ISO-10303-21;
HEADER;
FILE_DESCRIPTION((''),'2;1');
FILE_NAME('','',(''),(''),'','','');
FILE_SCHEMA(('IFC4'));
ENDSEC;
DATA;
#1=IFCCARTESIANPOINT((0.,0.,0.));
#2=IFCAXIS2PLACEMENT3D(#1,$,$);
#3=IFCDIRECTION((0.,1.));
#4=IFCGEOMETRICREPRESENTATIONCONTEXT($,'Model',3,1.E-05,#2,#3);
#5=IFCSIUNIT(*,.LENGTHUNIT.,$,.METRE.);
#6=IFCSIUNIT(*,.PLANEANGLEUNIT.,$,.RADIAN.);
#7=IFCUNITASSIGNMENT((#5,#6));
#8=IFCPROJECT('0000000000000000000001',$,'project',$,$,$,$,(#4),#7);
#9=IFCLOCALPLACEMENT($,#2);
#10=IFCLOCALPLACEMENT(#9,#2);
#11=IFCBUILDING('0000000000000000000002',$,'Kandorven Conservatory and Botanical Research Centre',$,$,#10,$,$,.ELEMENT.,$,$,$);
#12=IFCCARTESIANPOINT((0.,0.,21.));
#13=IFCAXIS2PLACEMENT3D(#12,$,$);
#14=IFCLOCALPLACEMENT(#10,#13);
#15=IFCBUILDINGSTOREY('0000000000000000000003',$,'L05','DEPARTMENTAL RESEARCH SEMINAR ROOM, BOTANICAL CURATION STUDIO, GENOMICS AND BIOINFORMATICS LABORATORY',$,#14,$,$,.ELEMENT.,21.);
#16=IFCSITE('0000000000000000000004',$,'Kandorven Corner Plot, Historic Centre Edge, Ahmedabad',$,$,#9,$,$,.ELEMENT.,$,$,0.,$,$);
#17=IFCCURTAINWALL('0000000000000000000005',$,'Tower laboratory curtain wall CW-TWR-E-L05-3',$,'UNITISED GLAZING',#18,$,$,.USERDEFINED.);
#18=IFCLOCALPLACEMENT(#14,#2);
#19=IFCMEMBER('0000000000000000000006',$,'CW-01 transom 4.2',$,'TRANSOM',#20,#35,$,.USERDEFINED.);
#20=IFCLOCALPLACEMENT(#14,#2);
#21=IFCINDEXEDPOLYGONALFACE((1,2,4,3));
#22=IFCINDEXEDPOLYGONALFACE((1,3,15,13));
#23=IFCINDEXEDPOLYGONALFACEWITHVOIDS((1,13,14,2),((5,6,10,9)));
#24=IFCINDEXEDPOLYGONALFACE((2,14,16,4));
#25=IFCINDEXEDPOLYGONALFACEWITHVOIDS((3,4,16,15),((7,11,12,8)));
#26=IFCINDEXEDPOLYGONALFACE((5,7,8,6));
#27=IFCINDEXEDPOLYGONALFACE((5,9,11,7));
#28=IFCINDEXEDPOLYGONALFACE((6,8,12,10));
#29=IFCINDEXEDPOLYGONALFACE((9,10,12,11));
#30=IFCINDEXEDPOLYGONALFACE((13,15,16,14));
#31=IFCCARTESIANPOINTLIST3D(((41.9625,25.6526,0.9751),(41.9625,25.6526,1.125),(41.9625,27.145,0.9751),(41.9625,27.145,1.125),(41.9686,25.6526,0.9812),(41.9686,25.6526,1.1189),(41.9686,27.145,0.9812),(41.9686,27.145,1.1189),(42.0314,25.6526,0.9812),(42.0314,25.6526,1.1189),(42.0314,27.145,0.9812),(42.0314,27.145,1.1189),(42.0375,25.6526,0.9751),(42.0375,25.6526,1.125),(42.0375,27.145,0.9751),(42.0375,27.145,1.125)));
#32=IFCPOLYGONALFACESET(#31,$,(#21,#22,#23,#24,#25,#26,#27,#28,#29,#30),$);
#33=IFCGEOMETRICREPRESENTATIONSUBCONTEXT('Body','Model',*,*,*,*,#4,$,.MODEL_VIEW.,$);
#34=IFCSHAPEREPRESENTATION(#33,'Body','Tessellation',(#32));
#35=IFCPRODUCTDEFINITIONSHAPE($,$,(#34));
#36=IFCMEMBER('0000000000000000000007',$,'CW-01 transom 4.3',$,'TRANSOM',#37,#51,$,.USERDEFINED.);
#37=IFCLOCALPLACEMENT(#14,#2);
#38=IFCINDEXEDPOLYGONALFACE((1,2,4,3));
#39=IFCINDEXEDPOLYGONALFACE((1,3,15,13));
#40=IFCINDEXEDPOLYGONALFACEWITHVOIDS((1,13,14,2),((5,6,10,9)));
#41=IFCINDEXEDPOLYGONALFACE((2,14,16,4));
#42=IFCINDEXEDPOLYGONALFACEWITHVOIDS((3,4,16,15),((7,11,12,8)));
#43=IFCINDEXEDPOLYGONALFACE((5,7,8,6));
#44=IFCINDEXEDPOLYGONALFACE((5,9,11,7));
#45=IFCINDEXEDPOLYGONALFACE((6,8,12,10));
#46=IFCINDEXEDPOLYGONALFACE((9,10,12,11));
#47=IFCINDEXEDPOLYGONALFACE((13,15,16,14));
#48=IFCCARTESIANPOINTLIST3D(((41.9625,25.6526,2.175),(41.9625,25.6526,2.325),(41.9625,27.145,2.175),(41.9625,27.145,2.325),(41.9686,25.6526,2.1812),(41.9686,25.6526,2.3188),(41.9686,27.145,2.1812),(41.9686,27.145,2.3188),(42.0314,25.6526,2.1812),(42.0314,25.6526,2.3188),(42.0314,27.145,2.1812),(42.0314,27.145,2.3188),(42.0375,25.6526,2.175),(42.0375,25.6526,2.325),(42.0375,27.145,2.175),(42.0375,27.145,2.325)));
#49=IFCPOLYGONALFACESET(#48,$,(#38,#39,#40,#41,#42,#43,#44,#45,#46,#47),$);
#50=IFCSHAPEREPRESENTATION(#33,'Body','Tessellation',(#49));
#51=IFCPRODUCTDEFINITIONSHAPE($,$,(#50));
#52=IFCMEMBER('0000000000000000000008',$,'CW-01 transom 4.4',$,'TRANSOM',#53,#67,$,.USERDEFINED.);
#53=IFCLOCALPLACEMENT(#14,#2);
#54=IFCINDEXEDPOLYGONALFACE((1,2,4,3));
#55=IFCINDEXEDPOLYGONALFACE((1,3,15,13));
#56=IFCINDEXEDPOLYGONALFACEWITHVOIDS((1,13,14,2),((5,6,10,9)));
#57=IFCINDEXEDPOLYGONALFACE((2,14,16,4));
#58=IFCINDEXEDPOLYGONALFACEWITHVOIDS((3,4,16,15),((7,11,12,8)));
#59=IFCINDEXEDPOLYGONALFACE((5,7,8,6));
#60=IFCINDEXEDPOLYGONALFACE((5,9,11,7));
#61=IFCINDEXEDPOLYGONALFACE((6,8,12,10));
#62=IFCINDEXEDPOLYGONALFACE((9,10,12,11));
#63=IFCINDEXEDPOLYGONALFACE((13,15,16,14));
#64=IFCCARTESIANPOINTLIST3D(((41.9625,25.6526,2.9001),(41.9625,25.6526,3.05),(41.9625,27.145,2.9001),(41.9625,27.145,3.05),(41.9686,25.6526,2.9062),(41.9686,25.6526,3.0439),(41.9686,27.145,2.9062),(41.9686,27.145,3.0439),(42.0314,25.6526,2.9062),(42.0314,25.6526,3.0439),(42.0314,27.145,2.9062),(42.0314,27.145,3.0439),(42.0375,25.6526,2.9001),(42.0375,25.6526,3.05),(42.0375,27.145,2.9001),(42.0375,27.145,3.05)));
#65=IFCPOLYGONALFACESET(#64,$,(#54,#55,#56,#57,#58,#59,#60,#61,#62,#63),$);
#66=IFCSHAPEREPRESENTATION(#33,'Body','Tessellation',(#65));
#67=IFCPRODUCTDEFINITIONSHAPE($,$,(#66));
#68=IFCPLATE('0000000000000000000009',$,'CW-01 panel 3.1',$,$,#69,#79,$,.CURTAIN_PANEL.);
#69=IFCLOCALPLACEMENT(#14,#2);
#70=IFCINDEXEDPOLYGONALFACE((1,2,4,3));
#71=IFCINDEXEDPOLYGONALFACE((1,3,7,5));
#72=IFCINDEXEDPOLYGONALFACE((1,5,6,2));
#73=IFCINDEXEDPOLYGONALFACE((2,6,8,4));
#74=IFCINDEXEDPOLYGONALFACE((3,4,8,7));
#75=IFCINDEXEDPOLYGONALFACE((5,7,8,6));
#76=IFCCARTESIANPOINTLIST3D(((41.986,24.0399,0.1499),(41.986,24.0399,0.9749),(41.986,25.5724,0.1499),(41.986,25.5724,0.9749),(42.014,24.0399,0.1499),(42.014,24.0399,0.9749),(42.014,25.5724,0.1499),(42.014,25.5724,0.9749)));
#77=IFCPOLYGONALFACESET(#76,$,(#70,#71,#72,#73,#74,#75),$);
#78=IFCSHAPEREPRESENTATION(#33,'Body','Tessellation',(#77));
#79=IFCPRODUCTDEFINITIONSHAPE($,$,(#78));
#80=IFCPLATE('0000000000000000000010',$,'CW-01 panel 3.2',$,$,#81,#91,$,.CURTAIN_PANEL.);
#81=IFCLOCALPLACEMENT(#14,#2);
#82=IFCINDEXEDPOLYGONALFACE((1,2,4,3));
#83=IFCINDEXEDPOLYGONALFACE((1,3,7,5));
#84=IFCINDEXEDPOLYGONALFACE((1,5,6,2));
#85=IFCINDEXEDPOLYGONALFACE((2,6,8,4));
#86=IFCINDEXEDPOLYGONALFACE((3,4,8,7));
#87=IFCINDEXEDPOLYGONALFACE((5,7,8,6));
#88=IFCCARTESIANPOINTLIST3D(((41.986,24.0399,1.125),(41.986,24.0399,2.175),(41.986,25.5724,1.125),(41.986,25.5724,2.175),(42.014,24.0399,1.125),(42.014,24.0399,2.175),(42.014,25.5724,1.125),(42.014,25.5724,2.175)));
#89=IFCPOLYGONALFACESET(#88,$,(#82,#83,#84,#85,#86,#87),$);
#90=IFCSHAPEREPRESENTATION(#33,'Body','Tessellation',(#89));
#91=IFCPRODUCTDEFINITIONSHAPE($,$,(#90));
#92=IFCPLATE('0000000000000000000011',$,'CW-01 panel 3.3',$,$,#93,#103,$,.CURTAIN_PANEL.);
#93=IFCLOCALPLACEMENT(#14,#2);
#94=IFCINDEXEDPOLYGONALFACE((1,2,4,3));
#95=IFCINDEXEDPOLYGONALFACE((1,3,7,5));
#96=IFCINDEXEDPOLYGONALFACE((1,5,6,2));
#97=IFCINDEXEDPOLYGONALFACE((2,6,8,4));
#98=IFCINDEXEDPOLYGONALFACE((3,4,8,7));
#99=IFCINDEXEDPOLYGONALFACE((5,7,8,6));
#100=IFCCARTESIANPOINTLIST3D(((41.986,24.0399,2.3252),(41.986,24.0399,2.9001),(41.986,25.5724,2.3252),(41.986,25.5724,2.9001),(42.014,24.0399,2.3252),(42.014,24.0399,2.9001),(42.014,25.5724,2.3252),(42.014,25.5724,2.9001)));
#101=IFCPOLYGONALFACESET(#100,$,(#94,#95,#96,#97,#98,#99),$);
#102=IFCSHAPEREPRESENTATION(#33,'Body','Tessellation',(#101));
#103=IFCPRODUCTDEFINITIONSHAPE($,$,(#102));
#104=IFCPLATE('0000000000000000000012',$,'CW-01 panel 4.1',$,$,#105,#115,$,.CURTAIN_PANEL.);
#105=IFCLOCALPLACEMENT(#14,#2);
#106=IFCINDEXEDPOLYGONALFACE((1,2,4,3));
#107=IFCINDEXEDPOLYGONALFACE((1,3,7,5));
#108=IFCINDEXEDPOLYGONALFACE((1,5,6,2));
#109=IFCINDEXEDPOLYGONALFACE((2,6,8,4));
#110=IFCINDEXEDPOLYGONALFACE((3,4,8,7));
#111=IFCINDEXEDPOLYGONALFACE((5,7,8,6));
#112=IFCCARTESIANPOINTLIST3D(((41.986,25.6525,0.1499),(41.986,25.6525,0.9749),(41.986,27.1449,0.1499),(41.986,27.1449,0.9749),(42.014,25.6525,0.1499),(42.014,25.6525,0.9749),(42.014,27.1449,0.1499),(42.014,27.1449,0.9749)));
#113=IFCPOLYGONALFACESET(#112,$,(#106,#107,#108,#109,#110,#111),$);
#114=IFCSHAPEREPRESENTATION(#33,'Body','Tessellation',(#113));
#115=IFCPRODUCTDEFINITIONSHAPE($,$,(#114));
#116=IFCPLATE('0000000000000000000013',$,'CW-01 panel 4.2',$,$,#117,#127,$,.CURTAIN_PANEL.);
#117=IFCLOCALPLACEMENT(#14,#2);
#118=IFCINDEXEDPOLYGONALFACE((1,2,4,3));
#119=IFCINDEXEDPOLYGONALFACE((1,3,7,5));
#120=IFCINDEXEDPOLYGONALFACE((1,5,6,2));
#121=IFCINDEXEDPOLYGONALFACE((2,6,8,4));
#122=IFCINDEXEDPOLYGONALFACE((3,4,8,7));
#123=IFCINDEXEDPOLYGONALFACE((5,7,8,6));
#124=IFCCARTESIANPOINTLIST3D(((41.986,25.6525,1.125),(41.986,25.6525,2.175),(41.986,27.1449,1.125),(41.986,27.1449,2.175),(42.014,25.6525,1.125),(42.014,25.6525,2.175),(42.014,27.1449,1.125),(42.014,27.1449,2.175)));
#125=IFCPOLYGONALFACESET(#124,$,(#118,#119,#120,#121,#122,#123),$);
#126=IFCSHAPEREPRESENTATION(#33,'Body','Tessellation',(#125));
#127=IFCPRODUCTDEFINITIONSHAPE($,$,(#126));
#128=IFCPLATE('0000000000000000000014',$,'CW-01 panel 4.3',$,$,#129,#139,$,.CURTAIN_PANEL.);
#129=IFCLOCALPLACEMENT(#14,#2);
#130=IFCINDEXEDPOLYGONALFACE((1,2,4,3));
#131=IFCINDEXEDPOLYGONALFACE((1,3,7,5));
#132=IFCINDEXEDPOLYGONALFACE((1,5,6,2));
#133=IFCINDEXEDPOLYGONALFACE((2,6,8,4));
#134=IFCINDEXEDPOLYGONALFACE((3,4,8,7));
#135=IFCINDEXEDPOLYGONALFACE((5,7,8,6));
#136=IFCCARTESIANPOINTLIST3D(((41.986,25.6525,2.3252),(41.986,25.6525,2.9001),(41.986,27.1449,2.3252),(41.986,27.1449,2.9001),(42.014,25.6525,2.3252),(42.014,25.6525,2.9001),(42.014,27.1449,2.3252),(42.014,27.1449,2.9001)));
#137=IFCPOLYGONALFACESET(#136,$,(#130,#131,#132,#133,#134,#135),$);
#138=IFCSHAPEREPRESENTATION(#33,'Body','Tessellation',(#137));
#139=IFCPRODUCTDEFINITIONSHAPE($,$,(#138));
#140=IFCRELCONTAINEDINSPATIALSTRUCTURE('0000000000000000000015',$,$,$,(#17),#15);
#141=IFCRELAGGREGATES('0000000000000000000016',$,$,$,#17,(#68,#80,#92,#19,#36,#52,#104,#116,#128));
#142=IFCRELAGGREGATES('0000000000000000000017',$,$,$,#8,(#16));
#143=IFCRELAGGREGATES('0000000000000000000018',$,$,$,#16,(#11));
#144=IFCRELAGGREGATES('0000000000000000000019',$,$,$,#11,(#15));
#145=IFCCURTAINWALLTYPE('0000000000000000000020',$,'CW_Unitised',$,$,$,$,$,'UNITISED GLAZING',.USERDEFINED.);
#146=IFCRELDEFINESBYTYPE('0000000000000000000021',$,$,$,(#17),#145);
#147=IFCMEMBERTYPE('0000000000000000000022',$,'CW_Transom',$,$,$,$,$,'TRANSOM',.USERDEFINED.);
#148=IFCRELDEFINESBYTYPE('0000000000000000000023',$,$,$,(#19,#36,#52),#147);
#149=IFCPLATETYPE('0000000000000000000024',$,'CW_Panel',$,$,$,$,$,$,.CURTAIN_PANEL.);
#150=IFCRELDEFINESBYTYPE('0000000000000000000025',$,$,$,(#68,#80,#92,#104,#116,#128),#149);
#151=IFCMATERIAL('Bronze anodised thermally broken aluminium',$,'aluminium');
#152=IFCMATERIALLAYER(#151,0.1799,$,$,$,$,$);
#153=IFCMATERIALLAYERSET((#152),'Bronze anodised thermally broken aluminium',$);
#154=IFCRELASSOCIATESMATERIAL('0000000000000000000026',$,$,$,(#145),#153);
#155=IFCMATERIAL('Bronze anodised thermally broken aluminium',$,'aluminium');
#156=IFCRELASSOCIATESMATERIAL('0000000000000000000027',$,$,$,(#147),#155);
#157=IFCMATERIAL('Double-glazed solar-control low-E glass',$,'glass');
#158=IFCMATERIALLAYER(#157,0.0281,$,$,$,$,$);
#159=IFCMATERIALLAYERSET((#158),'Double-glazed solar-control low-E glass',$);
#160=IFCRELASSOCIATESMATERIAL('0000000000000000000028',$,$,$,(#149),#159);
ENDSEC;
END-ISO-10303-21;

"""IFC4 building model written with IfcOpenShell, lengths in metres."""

from ifc_helpers import new_model, si_unit, direction, frame, origin, origin_2d, place, context, subcontext, project, spatial, rectangle, hollow_rectangle, extrude, material, layer, layer_set, material_profile, profile_set, type_object, element, aggregate, save


model = new_model("IFC4")

# Units and contexts
model_context = context("Model", 3, precision=1e-05, world=origin(), true_north=direction((0.0, 1.0)))
body_context = subcontext(model_context, "Body", "Model", "MODEL_VIEW")
ifc_project = project(units=[si_unit("LENGTHUNIT", "METRE"), si_unit("PLANEANGLEUNIT", "RADIAN")], contexts=[model_context])

# Site, building, storey
site_placement = place(None, origin())
site = spatial("IfcSite", under=ifc_project, at=site_placement, Name="Kandorven Corner Plot, Historic Centre Edge, Ahmedabad", CompositionType="ELEMENT", RefElevation=0.0)
building_placement = place(site_placement, origin())
building = spatial("IfcBuilding", under=site, at=building_placement, Name="Kandorven Conservatory and Botanical Research Centre", CompositionType="ELEMENT")
storey_placement = place(building_placement, frame((0.0, 0.0, 21.0)))
storey = spatial("IfcBuildingStorey", under=building, at=storey_placement, Name="L05", Description="DEPARTMENTAL RESEARCH SEMINAR ROOM, BOTANICAL CURATION STUDIO, GENOMICS AND BIOINFORMATICS LABORATORY", CompositionType="ELEMENT", Elevation=21.0)

# Curtain wall, members, plates
ifc_material_1 = material(Name="Bronze anodised thermally broken aluminium", Category="aluminium")
ifc_layer_1 = layer(ifc_material_1, 0.1799)
ifc_layer_set_1 = layer_set([ifc_layer_1], Name="Bronze anodised thermally broken aluminium")
curtain_wall_type = type_object("IfcCurtainWallType", Name="CW_Unitised", ElementType="UNITISED GLAZING", PredefinedType="USERDEFINED", material=ifc_layer_set_1)
curtain_wall_placement = place(storey_placement, origin())
curtain_wall = element("IfcCurtainWall", 1, at=curtain_wall_placement, inside=storey, type_object=curtain_wall_type, Name="Tower laboratory curtain wall CW-TWR-E-L05-3", ObjectType="UNITISED GLAZING", PredefinedType="USERDEFINED")
ifc_material_2 = material(Name="Bronze anodised thermally broken aluminium", Category="aluminium")
ifc_material_profile_1 = material_profile(ifc_material_2, hollow_rectangle(XDim=0.075, YDim=0.1499, WallThickness=0.0061, at=origin_2d()))
ifc_profile_set_1 = profile_set([ifc_material_profile_1], Name="Bronze anodised thermally broken aluminium")
member_type_1 = type_object("IfcMemberType", Name="CW_Transom", ElementType="TRANSOM", PredefinedType="USERDEFINED", material=ifc_profile_set_1)
member_1_placement = place(storey_placement, frame((42.0, 25.6526, 1.05), z_axis=(0.0, 1.0, 0.0), x_axis=(-1.0, 0.0, 0.0)))
member_1 = element("IfcMember", 2, at=member_1_placement, type_object=member_type_1, Name="CW-01 transom 4.2", ObjectType="TRANSOM", PredefinedType="USERDEFINED", context=body_context, shape_type="SweptSolid", body=[
    extrude(hollow_rectangle(XDim=0.075, YDim=0.1499, WallThickness=0.0061, at=origin_2d()), origin(), (0.0, 0.0, 1.0), 1.4924),
])
member_2_placement = place(storey_placement, frame((42.0, 25.6526, 2.25), z_axis=(0.0, 1.0, 0.0), x_axis=(-1.0, 0.0, 0.0)))
member_2 = element("IfcMember", 3, at=member_2_placement, type_object=member_type_1, Name="CW-01 transom 4.3", ObjectType="TRANSOM", PredefinedType="USERDEFINED", context=body_context, shape_type="SweptSolid", body=[
    extrude(hollow_rectangle(XDim=0.075, YDim=0.1499, WallThickness=0.0061, at=origin_2d()), origin(), (0.0, 0.0, 1.0), 1.4924),
])
member_3_placement = place(storey_placement, frame((42.0, 25.6526, 2.9751), z_axis=(0.0, 1.0, 0.0), x_axis=(-1.0, 0.0, 0.0)))
member_3 = element("IfcMember", 4, at=member_3_placement, type_object=member_type_1, Name="CW-01 transom 4.4", ObjectType="TRANSOM", PredefinedType="USERDEFINED", context=body_context, shape_type="SweptSolid", body=[
    extrude(hollow_rectangle(XDim=0.075, YDim=0.1499, WallThickness=0.0061, at=origin_2d()), origin(), (0.0, 0.0, 1.0), 1.4924),
])
ifc_material_3 = material(Name="Double-glazed solar-control low-E glass", Category="glass")
ifc_layer_2 = layer(ifc_material_3, 0.0281)
ifc_layer_set_2 = layer_set([ifc_layer_2], Name="Double-glazed solar-control low-E glass")
plate_type = type_object("IfcPlateType", Name="CW_Panel", PredefinedType="CURTAIN_PANEL", material=ifc_layer_set_2)
plate_1_placement = place(storey_placement, frame((42.0, 24.8062, 0.1499), z_axis=(0.0, 0.0, 1.0), x_axis=(0.0, 1.0, 0.0)))
plate_1 = element("IfcPlate", 5, at=plate_1_placement, type_object=plate_type, Name="CW-01 panel 3.1", PredefinedType="CURTAIN_PANEL", context=body_context, shape_type="SweptSolid", body=[
    extrude(rectangle(XDim=1.5325, YDim=0.0281, at=origin_2d()), origin(), (0.0, 0.0, 1.0), 0.825),
])
plate_2_placement = place(storey_placement, frame((42.0, 24.8062, 1.125), z_axis=(0.0, 0.0, 1.0), x_axis=(0.0, 1.0, 0.0)))
plate_2 = element("IfcPlate", 6, at=plate_2_placement, type_object=plate_type, Name="CW-01 panel 3.2", PredefinedType="CURTAIN_PANEL", context=body_context, shape_type="SweptSolid", body=[
    extrude(rectangle(XDim=1.5325, YDim=0.0281, at=origin_2d()), origin(), (0.0, 0.0, 1.0), 1.05),
])
plate_3_placement = place(storey_placement, frame((42.0, 24.8062, 2.3252), z_axis=(0.0, 0.0, 1.0), x_axis=(0.0, 1.0, 0.0)))
plate_3 = element("IfcPlate", 7, at=plate_3_placement, type_object=plate_type, Name="CW-01 panel 3.3", PredefinedType="CURTAIN_PANEL", context=body_context, shape_type="SweptSolid", body=[
    extrude(rectangle(XDim=1.5325, YDim=0.0281, at=origin_2d()), origin(), (0.0, 0.0, 1.0), 0.575),
])
plate_4_placement = place(storey_placement, frame((42.0, 26.3987, 0.1499), z_axis=(0.0, 0.0, 1.0), x_axis=(0.0, 1.0, 0.0)))
plate_4 = element("IfcPlate", 8, at=plate_4_placement, type_object=plate_type, Name="CW-01 panel 4.1", PredefinedType="CURTAIN_PANEL", context=body_context, shape_type="SweptSolid", body=[
    extrude(rectangle(XDim=1.4924, YDim=0.0281, at=origin_2d()), origin(), (0.0, 0.0, 1.0), 0.825),
])
plate_5_placement = place(storey_placement, frame((42.0, 26.3987, 1.125), z_axis=(0.0, 0.0, 1.0), x_axis=(0.0, 1.0, 0.0)))
plate_5 = element("IfcPlate", 9, at=plate_5_placement, type_object=plate_type, Name="CW-01 panel 4.2", PredefinedType="CURTAIN_PANEL", context=body_context, shape_type="SweptSolid", body=[
    extrude(rectangle(XDim=1.4924, YDim=0.0281, at=origin_2d()), origin(), (0.0, 0.0, 1.0), 1.05),
])
plate_6_placement = place(storey_placement, frame((42.0, 26.3987, 2.3252), z_axis=(0.0, 0.0, 1.0), x_axis=(0.0, 1.0, 0.0)))
plate_6 = element("IfcPlate", 10, at=plate_6_placement, type_object=plate_type, Name="CW-01 panel 4.3", PredefinedType="CURTAIN_PANEL", context=body_context, shape_type="SweptSolid", body=[
    extrude(rectangle(XDim=1.4924, YDim=0.0281, at=origin_2d()), origin(), (0.0, 0.0, 1.0), 0.575),
])
aggregate(curtain_wall, [plate_1, plate_2, plate_3, member_1, member_2, member_3, plate_4, plate_5, plate_6])

save(model, "model.ifc")
